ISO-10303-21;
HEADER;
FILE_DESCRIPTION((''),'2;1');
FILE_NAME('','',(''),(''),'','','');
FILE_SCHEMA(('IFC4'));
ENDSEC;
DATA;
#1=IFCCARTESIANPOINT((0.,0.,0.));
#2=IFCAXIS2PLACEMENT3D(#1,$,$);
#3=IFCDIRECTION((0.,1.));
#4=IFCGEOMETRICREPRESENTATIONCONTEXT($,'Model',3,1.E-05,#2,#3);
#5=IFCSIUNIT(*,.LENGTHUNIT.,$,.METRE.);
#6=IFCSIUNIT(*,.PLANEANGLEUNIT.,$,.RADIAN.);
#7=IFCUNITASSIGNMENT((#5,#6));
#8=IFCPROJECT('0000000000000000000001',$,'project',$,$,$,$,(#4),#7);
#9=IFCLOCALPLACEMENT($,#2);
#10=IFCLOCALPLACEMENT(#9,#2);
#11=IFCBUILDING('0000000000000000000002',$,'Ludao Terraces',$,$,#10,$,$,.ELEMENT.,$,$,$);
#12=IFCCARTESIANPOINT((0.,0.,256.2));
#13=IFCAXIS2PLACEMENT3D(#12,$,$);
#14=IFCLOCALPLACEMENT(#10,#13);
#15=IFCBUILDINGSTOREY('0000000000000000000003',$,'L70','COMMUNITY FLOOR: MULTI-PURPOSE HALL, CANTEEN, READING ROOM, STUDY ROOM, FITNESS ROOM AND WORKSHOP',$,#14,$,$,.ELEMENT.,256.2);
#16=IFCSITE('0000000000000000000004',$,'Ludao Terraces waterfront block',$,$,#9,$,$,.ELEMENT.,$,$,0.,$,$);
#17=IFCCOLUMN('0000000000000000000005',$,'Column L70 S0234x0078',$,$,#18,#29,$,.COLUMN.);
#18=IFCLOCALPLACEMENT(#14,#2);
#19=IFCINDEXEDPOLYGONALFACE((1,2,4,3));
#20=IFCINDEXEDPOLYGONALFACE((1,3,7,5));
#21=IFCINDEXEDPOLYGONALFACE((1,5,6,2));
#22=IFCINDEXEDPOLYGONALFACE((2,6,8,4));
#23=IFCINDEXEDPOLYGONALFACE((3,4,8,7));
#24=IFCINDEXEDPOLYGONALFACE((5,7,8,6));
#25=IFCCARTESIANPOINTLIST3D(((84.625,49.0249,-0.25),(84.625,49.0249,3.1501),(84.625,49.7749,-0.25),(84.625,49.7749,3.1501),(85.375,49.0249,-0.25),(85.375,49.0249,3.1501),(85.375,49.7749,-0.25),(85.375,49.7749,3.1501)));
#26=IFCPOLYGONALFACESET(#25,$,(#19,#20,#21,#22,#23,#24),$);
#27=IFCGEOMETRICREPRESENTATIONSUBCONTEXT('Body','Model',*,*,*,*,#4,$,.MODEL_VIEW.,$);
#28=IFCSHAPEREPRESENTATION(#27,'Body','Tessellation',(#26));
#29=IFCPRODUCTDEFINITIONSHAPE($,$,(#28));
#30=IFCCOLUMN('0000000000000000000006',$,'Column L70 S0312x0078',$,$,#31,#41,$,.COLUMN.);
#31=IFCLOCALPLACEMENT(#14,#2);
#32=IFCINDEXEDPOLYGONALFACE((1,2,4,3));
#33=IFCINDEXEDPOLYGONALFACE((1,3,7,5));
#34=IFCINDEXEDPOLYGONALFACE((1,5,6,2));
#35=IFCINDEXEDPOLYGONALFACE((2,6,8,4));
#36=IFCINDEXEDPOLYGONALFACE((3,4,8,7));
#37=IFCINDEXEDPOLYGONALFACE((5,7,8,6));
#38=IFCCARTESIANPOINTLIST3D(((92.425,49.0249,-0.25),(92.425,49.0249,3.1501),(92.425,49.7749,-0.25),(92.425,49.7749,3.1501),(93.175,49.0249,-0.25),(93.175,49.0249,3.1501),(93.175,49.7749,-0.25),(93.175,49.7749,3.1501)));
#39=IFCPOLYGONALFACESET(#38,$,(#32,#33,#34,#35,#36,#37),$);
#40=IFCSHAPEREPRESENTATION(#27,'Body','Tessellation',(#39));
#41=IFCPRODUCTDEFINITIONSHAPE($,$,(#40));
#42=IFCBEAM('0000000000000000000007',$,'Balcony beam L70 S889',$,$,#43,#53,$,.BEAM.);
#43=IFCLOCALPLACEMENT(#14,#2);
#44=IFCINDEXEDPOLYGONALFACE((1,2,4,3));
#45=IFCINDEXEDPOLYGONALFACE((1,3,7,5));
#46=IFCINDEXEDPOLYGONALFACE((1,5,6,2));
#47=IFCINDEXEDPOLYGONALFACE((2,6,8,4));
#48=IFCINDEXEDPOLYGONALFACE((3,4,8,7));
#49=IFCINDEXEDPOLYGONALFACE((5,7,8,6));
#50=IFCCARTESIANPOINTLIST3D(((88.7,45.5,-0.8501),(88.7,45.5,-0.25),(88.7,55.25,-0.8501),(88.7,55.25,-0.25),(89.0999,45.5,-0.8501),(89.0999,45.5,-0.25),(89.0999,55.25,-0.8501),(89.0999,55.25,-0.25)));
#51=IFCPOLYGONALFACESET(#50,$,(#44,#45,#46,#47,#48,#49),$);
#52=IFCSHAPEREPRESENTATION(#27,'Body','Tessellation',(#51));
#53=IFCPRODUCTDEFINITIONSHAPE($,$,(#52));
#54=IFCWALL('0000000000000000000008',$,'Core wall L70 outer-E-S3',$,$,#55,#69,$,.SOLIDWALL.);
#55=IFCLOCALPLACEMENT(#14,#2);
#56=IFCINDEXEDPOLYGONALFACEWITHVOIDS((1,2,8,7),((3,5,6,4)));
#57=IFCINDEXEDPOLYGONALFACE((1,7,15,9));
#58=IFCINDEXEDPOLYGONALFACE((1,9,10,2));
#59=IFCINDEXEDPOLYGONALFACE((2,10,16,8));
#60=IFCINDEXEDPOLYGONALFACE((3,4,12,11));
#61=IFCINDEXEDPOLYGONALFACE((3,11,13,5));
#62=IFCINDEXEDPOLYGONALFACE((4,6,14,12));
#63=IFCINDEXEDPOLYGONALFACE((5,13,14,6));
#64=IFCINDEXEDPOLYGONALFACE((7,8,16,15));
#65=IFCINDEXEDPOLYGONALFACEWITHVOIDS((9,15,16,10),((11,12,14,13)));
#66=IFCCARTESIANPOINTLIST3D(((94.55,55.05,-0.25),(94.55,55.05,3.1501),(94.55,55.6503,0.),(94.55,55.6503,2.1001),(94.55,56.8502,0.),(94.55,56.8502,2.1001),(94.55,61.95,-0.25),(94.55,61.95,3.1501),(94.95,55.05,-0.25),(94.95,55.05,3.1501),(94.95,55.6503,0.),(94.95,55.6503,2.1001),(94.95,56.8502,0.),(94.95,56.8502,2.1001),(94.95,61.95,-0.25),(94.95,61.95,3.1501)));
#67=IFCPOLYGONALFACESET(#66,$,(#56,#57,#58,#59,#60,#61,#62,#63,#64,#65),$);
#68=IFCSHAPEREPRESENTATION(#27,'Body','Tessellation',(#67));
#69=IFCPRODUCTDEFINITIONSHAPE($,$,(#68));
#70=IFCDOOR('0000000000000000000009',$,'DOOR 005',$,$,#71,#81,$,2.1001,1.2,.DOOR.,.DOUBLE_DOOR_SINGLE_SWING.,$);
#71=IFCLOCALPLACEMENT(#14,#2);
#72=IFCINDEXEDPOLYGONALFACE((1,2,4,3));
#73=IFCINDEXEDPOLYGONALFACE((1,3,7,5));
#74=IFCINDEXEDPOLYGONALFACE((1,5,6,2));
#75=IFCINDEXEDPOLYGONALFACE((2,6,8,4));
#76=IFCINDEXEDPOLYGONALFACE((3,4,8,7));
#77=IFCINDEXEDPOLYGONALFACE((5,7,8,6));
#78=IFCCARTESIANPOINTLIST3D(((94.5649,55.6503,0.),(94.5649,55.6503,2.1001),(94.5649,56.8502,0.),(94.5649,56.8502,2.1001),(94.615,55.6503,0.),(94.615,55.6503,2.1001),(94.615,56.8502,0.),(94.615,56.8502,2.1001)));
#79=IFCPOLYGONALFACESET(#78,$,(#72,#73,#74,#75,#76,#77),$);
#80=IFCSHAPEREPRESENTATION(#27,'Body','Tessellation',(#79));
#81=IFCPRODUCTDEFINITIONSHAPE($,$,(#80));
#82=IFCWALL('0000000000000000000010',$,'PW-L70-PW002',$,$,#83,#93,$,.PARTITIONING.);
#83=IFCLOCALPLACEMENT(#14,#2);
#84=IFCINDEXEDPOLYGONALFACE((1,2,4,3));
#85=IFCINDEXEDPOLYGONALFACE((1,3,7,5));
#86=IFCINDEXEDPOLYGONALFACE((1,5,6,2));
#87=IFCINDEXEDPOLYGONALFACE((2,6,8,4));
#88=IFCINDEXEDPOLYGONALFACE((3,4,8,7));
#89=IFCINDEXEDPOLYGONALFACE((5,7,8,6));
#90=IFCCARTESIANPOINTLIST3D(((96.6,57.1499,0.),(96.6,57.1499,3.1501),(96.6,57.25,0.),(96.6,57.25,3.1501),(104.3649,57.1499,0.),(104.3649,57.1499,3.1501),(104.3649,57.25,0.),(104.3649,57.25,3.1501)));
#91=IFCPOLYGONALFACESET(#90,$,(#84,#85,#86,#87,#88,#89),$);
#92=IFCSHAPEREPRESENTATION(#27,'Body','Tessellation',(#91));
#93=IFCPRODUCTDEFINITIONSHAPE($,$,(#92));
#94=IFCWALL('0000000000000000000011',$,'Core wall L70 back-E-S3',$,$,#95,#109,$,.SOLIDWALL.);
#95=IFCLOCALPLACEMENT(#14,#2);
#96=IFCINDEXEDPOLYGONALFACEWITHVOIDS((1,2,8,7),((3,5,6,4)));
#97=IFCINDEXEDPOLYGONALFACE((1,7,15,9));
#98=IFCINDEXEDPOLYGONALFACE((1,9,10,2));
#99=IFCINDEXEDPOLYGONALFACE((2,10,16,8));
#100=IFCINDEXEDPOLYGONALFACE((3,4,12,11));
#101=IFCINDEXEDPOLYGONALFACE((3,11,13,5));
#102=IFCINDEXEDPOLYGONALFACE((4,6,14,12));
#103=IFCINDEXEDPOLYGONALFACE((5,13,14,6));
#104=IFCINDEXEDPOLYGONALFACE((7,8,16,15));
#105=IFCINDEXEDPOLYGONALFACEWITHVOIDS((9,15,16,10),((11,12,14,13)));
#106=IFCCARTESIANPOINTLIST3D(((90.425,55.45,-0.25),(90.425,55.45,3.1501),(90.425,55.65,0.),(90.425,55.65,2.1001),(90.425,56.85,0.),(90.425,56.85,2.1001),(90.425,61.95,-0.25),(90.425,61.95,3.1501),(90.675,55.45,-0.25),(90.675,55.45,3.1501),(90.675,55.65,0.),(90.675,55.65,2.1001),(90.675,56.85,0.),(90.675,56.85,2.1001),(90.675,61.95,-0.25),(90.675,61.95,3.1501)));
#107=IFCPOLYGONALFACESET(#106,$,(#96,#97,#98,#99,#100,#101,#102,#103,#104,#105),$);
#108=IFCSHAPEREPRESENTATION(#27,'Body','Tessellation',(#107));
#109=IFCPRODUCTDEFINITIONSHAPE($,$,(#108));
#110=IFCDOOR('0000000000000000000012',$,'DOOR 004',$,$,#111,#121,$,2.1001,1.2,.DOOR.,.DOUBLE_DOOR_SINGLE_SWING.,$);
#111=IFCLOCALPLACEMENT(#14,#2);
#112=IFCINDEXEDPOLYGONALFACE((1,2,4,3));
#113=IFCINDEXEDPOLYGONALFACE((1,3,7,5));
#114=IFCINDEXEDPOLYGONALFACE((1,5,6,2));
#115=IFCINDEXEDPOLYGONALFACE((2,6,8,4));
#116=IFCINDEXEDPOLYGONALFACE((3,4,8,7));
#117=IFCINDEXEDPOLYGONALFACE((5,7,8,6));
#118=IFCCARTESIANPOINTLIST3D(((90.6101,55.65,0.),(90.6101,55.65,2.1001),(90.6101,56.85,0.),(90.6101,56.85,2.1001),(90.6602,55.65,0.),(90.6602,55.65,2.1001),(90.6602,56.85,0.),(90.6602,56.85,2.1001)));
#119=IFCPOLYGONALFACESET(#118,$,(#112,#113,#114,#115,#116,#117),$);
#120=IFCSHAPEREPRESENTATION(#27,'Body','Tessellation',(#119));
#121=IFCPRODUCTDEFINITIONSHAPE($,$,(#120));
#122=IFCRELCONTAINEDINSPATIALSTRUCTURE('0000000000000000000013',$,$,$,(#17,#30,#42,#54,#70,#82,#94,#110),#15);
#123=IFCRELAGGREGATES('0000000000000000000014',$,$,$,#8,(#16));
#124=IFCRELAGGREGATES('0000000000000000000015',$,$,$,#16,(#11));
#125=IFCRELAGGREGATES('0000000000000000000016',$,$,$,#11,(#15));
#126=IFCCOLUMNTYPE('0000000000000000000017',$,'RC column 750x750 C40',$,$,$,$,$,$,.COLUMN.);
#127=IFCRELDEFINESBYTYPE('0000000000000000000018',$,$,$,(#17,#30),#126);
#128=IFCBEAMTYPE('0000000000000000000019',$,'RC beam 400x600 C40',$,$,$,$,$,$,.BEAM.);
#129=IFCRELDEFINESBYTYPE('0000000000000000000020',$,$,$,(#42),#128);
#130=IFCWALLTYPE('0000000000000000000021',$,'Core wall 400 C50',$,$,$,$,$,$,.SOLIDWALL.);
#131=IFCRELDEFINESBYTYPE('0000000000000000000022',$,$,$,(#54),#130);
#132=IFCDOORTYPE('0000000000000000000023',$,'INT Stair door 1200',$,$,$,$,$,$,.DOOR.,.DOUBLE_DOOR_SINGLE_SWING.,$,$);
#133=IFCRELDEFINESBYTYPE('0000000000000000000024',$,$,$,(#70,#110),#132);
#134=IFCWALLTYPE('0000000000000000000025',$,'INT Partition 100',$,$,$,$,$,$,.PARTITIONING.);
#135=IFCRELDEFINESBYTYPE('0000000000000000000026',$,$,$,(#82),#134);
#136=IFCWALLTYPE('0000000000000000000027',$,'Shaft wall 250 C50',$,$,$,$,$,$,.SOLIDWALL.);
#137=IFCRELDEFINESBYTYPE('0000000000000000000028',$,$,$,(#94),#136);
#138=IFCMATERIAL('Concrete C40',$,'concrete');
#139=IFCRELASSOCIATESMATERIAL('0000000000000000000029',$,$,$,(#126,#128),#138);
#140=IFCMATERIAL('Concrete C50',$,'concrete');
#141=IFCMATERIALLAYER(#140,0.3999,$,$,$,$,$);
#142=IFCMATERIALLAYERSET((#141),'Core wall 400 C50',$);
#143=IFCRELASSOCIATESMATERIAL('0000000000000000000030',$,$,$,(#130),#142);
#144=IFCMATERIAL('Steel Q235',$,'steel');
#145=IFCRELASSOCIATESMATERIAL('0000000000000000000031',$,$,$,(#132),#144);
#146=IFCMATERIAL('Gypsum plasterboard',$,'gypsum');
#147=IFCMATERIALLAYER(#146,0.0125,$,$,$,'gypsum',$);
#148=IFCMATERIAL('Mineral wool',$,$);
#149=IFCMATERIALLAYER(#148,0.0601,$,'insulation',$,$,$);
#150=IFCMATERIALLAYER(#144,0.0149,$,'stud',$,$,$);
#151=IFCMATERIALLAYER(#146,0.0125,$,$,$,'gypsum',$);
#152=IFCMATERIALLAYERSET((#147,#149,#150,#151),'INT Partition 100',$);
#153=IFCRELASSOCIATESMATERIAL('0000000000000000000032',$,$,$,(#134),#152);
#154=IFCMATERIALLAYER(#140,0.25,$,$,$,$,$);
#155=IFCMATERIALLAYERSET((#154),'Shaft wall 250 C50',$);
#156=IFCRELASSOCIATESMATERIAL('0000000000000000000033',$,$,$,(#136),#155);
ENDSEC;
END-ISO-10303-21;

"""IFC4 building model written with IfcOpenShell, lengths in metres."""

from ifc_helpers import new_model, si_unit, direction, frame, frame_2d, origin, origin_2d, place, context, subcontext, project, spatial, rectangle, extrude, material, layer, layer_set, material_profile, profile_set, type_object, element, fill, save


model = new_model("IFC4")

# Units and contexts
model_context = context("Model", 3, precision=1e-05, world=origin(), true_north=direction((0.0, 1.0)))
body_context = subcontext(model_context, "Body", "Model", "MODEL_VIEW")
ifc_project = project(units=[si_unit("LENGTHUNIT", "METRE"), si_unit("PLANEANGLEUNIT", "RADIAN")], contexts=[model_context])

# Site, building, storey
site_placement = place(None, origin())
site = spatial("IfcSite", under=ifc_project, at=site_placement, Name="Ludao Terraces waterfront block", CompositionType="ELEMENT", RefElevation=0.0)
building_placement = place(site_placement, origin())
building = spatial("IfcBuilding", under=site, at=building_placement, Name="Ludao Terraces", CompositionType="ELEMENT")
storey_placement = place(building_placement, frame((0.0, 0.0, 256.2)))
storey = spatial("IfcBuildingStorey", under=building, at=storey_placement, Name="L70", Description="COMMUNITY FLOOR: MULTI-PURPOSE HALL, CANTEEN, READING ROOM, STUDY ROOM, FITNESS ROOM AND WORKSHOP", CompositionType="ELEMENT", Elevation=256.2)

# Columns
ifc_material_1 = material(Name="Concrete C40", Category="concrete")
ifc_material_profile_1 = material_profile(ifc_material_1, rectangle(XDim=0.75, YDim=0.75, at=origin_2d()), Name="750 X 750")
ifc_profile_set_1 = profile_set([ifc_material_profile_1], Name="Concrete C40")
column_type = type_object("IfcColumnType", Name="RC column 750x750 C40", PredefinedType="COLUMN", material=ifc_profile_set_1)
for number, where, z_axis, x_axis, name in (
    (1, (85.0, 49.3999, -0.25), (0.0, 0.0, 1.0), (1.0, 0.0, 0.0), "Column L70 S0234x0078"),
    (2, (92.8, 49.3999, -0.25), (0.0, 0.0, 1.0), (1.0, 0.0, 0.0), "Column L70 S0312x0078"),
):
    element("IfcColumn", number, at=place(storey_placement, frame(where, z_axis=z_axis, x_axis=x_axis)), inside=storey, type_object=column_type, Name=name, PredefinedType="COLUMN", context=body_context, shape_type="SweptSolid", body=[
        extrude(rectangle(XDim=0.75, YDim=0.75, at=origin_2d()), origin(), (0.0, 0.0, 1.0), 3.4001),
    ])

# Beam
ifc_material_profile_2 = material_profile(ifc_material_1, rectangle(XDim=0.3999, YDim=0.6001, at=origin_2d()), Name="400 X 600")
ifc_profile_set_2 = profile_set([ifc_material_profile_2], Name="Concrete C40")
beam_type = type_object("IfcBeamType", Name="RC beam 400x600 C40", PredefinedType="BEAM", material=ifc_profile_set_2)
beam_placement = place(storey_placement, frame((88.8999, 55.25, -0.55), z_axis=(0.0, -1.0, 0.0), x_axis=(1.0, 0.0, 0.0)))
element("IfcBeam", 3, at=beam_placement, inside=storey, type_object=beam_type, Name="Balcony beam L70 S889", PredefinedType="BEAM", context=body_context, shape_type="SweptSolid", body=[
    extrude(rectangle(XDim=0.3999, YDim=0.6001, at=origin_2d()), origin(), (0.0, 0.0, 1.0), 9.75),
])

# Wall, opening, door
ifc_material_2 = material(Name="Concrete C50", Category="concrete")
ifc_layer_1 = layer(ifc_material_2, 0.3999)
ifc_layer_set_1 = layer_set([ifc_layer_1], Name="Core wall 400 C50")
wall_type_1 = type_object("IfcWallType", Name="Core wall 400 C50", PredefinedType="SOLIDWALL", material=ifc_layer_set_1)
wall_1_placement = place(storey_placement, frame((94.75, 55.05, -0.25), z_axis=(0.0, 0.0, 1.0), x_axis=(0.0, 1.0, 0.0)))
wall_1 = element("IfcWall", 4, at=wall_1_placement, inside=storey, type_object=wall_type_1, Name="Core wall L70 outer-E-S3", PredefinedType="SOLIDWALL", context=body_context, shape_type="SweptSolid", body=[
    extrude(rectangle(XDim=6.8999, YDim=0.3999, at=frame_2d((3.45, 0.0))), origin(), (0.0, 0.0, 1.0), 3.4001),
])
opening_1_placement = place(wall_1_placement, frame((0.6001, 0.0, 0.25)))
opening_1 = element("IfcOpeningElement", 5, at=opening_1_placement, cuts=wall_1, PredefinedType="OPENING", context=body_context, shape_type="SweptSolid", body=[
    extrude(rectangle(XDim=1.2, YDim=2.1001, at=frame_2d((0.6001, 1.05))), frame((0.0, 0.21, 0.0), z_axis=(0.0, -1.0, 0.0), x_axis=(1.0, 0.0, 0.0)), (0.0, 0.0, 1.0), 0.4199),
])
ifc_material_3 = material(Name="Steel Q235", Category="steel")
door_type = type_object("IfcDoorType", Name="INT Stair door 1200", OperationType="DOUBLE_DOOR_SINGLE_SWING", PredefinedType="DOOR", material=ifc_material_3)
door_1_placement = place(opening_1_placement, origin())
door_1 = element("IfcDoor", 6, at=door_1_placement, inside=storey, type_object=door_type, Name="DOOR 005", OperationType="DOUBLE_DOOR_SINGLE_SWING", OverallHeight=2.1001, OverallWidth=1.2, PredefinedType="DOOR", context=body_context, shape_type="SweptSolid", body=[
    extrude(rectangle(XDim=1.2, YDim=2.1001, at=frame_2d((0.6001, 1.05))), frame((0.0, 0.1851, 0.0), z_axis=(0.0, -1.0, 0.0), x_axis=(1.0, 0.0, 0.0)), (0.0, 0.0, 1.0), 0.05),
])
fill(opening_1, door_1)

# Wall
ifc_material_4 = material(Name="Gypsum plasterboard", Category="gypsum")
ifc_layer_2 = layer(ifc_material_4, 0.0125, Category="gypsum")
ifc_material_5 = material(Name="Mineral wool")
ifc_layer_3 = layer(ifc_material_5, 0.0601, Name="insulation")
ifc_layer_4 = layer(ifc_material_3, 0.0149, Name="stud")
ifc_layer_5 = layer(ifc_material_4, 0.0125, Category="gypsum")
ifc_layer_set_2 = layer_set([ifc_layer_2, ifc_layer_3, ifc_layer_4, ifc_layer_5], Name="INT Partition 100")
wall_type_2 = type_object("IfcWallType", Name="INT Partition 100", PredefinedType="PARTITIONING", material=ifc_layer_set_2)
wall_2_placement = place(storey_placement, frame((96.6001, 57.2, 0.0), z_axis=(0.0, 0.0, 1.0), x_axis=(1.0, 0.0, 0.0)))
element("IfcWall", 7, at=wall_2_placement, inside=storey, type_object=wall_type_2, Name="PW-L70-PW002", PredefinedType="PARTITIONING", context=body_context, shape_type="SweptSolid", body=[
    extrude(rectangle(XDim=7.7649, YDim=0.1001, at=frame_2d((3.8823, 0.0))), origin(), (0.0, 0.0, 1.0), 3.1501),
])

# Wall, opening, door
ifc_layer_6 = layer(ifc_material_2, 0.25)
ifc_layer_set_3 = layer_set([ifc_layer_6], Name="Shaft wall 250 C50")
wall_type_3 = type_object("IfcWallType", Name="Shaft wall 250 C50", PredefinedType="SOLIDWALL", material=ifc_layer_set_3)
wall_3_placement = place(storey_placement, frame((90.55, 55.45, -0.25), z_axis=(0.0, 0.0, 1.0), x_axis=(0.0, 1.0, 0.0)))
wall_3 = element("IfcWall", 8, at=wall_3_placement, inside=storey, type_object=wall_type_3, Name="Core wall L70 back-E-S3", PredefinedType="SOLIDWALL", context=body_context, shape_type="SweptSolid", body=[
    extrude(rectangle(XDim=6.5, YDim=0.25, at=frame_2d((3.25, 0.0))), origin(), (0.0, 0.0, 1.0), 3.4001),
])
opening_2_placement = place(wall_3_placement, frame((0.2, 0.0, 0.25)))
opening_2 = element("IfcOpeningElement", 9, at=opening_2_placement, cuts=wall_3, PredefinedType="OPENING", context=body_context, shape_type="SweptSolid", body=[
    extrude(rectangle(XDim=1.2, YDim=2.1001, at=frame_2d((0.6001, 1.05))), frame((0.0, 0.135, 0.0), z_axis=(0.0, -1.0, 0.0), x_axis=(1.0, 0.0, 0.0)), (0.0, 0.0, 1.0), 0.27),
])
door_2_placement = place(opening_2_placement, origin())
door_2 = element("IfcDoor", 10, at=door_2_placement, inside=storey, type_object=door_type, Name="DOOR 004", OperationType="DOUBLE_DOOR_SINGLE_SWING", OverallHeight=2.1001, OverallWidth=1.2, PredefinedType="DOOR", context=body_context, shape_type="SweptSolid", body=[
    extrude(rectangle(XDim=1.2, YDim=2.1001, at=frame_2d((0.6001, 1.05))), frame((0.0, -0.0601, 0.0), z_axis=(0.0, -1.0, 0.0), x_axis=(1.0, 0.0, 0.0)), (0.0, 0.0, 1.0), 0.05),
])
fill(opening_2, door_2)

save(model, "model.ifc")
